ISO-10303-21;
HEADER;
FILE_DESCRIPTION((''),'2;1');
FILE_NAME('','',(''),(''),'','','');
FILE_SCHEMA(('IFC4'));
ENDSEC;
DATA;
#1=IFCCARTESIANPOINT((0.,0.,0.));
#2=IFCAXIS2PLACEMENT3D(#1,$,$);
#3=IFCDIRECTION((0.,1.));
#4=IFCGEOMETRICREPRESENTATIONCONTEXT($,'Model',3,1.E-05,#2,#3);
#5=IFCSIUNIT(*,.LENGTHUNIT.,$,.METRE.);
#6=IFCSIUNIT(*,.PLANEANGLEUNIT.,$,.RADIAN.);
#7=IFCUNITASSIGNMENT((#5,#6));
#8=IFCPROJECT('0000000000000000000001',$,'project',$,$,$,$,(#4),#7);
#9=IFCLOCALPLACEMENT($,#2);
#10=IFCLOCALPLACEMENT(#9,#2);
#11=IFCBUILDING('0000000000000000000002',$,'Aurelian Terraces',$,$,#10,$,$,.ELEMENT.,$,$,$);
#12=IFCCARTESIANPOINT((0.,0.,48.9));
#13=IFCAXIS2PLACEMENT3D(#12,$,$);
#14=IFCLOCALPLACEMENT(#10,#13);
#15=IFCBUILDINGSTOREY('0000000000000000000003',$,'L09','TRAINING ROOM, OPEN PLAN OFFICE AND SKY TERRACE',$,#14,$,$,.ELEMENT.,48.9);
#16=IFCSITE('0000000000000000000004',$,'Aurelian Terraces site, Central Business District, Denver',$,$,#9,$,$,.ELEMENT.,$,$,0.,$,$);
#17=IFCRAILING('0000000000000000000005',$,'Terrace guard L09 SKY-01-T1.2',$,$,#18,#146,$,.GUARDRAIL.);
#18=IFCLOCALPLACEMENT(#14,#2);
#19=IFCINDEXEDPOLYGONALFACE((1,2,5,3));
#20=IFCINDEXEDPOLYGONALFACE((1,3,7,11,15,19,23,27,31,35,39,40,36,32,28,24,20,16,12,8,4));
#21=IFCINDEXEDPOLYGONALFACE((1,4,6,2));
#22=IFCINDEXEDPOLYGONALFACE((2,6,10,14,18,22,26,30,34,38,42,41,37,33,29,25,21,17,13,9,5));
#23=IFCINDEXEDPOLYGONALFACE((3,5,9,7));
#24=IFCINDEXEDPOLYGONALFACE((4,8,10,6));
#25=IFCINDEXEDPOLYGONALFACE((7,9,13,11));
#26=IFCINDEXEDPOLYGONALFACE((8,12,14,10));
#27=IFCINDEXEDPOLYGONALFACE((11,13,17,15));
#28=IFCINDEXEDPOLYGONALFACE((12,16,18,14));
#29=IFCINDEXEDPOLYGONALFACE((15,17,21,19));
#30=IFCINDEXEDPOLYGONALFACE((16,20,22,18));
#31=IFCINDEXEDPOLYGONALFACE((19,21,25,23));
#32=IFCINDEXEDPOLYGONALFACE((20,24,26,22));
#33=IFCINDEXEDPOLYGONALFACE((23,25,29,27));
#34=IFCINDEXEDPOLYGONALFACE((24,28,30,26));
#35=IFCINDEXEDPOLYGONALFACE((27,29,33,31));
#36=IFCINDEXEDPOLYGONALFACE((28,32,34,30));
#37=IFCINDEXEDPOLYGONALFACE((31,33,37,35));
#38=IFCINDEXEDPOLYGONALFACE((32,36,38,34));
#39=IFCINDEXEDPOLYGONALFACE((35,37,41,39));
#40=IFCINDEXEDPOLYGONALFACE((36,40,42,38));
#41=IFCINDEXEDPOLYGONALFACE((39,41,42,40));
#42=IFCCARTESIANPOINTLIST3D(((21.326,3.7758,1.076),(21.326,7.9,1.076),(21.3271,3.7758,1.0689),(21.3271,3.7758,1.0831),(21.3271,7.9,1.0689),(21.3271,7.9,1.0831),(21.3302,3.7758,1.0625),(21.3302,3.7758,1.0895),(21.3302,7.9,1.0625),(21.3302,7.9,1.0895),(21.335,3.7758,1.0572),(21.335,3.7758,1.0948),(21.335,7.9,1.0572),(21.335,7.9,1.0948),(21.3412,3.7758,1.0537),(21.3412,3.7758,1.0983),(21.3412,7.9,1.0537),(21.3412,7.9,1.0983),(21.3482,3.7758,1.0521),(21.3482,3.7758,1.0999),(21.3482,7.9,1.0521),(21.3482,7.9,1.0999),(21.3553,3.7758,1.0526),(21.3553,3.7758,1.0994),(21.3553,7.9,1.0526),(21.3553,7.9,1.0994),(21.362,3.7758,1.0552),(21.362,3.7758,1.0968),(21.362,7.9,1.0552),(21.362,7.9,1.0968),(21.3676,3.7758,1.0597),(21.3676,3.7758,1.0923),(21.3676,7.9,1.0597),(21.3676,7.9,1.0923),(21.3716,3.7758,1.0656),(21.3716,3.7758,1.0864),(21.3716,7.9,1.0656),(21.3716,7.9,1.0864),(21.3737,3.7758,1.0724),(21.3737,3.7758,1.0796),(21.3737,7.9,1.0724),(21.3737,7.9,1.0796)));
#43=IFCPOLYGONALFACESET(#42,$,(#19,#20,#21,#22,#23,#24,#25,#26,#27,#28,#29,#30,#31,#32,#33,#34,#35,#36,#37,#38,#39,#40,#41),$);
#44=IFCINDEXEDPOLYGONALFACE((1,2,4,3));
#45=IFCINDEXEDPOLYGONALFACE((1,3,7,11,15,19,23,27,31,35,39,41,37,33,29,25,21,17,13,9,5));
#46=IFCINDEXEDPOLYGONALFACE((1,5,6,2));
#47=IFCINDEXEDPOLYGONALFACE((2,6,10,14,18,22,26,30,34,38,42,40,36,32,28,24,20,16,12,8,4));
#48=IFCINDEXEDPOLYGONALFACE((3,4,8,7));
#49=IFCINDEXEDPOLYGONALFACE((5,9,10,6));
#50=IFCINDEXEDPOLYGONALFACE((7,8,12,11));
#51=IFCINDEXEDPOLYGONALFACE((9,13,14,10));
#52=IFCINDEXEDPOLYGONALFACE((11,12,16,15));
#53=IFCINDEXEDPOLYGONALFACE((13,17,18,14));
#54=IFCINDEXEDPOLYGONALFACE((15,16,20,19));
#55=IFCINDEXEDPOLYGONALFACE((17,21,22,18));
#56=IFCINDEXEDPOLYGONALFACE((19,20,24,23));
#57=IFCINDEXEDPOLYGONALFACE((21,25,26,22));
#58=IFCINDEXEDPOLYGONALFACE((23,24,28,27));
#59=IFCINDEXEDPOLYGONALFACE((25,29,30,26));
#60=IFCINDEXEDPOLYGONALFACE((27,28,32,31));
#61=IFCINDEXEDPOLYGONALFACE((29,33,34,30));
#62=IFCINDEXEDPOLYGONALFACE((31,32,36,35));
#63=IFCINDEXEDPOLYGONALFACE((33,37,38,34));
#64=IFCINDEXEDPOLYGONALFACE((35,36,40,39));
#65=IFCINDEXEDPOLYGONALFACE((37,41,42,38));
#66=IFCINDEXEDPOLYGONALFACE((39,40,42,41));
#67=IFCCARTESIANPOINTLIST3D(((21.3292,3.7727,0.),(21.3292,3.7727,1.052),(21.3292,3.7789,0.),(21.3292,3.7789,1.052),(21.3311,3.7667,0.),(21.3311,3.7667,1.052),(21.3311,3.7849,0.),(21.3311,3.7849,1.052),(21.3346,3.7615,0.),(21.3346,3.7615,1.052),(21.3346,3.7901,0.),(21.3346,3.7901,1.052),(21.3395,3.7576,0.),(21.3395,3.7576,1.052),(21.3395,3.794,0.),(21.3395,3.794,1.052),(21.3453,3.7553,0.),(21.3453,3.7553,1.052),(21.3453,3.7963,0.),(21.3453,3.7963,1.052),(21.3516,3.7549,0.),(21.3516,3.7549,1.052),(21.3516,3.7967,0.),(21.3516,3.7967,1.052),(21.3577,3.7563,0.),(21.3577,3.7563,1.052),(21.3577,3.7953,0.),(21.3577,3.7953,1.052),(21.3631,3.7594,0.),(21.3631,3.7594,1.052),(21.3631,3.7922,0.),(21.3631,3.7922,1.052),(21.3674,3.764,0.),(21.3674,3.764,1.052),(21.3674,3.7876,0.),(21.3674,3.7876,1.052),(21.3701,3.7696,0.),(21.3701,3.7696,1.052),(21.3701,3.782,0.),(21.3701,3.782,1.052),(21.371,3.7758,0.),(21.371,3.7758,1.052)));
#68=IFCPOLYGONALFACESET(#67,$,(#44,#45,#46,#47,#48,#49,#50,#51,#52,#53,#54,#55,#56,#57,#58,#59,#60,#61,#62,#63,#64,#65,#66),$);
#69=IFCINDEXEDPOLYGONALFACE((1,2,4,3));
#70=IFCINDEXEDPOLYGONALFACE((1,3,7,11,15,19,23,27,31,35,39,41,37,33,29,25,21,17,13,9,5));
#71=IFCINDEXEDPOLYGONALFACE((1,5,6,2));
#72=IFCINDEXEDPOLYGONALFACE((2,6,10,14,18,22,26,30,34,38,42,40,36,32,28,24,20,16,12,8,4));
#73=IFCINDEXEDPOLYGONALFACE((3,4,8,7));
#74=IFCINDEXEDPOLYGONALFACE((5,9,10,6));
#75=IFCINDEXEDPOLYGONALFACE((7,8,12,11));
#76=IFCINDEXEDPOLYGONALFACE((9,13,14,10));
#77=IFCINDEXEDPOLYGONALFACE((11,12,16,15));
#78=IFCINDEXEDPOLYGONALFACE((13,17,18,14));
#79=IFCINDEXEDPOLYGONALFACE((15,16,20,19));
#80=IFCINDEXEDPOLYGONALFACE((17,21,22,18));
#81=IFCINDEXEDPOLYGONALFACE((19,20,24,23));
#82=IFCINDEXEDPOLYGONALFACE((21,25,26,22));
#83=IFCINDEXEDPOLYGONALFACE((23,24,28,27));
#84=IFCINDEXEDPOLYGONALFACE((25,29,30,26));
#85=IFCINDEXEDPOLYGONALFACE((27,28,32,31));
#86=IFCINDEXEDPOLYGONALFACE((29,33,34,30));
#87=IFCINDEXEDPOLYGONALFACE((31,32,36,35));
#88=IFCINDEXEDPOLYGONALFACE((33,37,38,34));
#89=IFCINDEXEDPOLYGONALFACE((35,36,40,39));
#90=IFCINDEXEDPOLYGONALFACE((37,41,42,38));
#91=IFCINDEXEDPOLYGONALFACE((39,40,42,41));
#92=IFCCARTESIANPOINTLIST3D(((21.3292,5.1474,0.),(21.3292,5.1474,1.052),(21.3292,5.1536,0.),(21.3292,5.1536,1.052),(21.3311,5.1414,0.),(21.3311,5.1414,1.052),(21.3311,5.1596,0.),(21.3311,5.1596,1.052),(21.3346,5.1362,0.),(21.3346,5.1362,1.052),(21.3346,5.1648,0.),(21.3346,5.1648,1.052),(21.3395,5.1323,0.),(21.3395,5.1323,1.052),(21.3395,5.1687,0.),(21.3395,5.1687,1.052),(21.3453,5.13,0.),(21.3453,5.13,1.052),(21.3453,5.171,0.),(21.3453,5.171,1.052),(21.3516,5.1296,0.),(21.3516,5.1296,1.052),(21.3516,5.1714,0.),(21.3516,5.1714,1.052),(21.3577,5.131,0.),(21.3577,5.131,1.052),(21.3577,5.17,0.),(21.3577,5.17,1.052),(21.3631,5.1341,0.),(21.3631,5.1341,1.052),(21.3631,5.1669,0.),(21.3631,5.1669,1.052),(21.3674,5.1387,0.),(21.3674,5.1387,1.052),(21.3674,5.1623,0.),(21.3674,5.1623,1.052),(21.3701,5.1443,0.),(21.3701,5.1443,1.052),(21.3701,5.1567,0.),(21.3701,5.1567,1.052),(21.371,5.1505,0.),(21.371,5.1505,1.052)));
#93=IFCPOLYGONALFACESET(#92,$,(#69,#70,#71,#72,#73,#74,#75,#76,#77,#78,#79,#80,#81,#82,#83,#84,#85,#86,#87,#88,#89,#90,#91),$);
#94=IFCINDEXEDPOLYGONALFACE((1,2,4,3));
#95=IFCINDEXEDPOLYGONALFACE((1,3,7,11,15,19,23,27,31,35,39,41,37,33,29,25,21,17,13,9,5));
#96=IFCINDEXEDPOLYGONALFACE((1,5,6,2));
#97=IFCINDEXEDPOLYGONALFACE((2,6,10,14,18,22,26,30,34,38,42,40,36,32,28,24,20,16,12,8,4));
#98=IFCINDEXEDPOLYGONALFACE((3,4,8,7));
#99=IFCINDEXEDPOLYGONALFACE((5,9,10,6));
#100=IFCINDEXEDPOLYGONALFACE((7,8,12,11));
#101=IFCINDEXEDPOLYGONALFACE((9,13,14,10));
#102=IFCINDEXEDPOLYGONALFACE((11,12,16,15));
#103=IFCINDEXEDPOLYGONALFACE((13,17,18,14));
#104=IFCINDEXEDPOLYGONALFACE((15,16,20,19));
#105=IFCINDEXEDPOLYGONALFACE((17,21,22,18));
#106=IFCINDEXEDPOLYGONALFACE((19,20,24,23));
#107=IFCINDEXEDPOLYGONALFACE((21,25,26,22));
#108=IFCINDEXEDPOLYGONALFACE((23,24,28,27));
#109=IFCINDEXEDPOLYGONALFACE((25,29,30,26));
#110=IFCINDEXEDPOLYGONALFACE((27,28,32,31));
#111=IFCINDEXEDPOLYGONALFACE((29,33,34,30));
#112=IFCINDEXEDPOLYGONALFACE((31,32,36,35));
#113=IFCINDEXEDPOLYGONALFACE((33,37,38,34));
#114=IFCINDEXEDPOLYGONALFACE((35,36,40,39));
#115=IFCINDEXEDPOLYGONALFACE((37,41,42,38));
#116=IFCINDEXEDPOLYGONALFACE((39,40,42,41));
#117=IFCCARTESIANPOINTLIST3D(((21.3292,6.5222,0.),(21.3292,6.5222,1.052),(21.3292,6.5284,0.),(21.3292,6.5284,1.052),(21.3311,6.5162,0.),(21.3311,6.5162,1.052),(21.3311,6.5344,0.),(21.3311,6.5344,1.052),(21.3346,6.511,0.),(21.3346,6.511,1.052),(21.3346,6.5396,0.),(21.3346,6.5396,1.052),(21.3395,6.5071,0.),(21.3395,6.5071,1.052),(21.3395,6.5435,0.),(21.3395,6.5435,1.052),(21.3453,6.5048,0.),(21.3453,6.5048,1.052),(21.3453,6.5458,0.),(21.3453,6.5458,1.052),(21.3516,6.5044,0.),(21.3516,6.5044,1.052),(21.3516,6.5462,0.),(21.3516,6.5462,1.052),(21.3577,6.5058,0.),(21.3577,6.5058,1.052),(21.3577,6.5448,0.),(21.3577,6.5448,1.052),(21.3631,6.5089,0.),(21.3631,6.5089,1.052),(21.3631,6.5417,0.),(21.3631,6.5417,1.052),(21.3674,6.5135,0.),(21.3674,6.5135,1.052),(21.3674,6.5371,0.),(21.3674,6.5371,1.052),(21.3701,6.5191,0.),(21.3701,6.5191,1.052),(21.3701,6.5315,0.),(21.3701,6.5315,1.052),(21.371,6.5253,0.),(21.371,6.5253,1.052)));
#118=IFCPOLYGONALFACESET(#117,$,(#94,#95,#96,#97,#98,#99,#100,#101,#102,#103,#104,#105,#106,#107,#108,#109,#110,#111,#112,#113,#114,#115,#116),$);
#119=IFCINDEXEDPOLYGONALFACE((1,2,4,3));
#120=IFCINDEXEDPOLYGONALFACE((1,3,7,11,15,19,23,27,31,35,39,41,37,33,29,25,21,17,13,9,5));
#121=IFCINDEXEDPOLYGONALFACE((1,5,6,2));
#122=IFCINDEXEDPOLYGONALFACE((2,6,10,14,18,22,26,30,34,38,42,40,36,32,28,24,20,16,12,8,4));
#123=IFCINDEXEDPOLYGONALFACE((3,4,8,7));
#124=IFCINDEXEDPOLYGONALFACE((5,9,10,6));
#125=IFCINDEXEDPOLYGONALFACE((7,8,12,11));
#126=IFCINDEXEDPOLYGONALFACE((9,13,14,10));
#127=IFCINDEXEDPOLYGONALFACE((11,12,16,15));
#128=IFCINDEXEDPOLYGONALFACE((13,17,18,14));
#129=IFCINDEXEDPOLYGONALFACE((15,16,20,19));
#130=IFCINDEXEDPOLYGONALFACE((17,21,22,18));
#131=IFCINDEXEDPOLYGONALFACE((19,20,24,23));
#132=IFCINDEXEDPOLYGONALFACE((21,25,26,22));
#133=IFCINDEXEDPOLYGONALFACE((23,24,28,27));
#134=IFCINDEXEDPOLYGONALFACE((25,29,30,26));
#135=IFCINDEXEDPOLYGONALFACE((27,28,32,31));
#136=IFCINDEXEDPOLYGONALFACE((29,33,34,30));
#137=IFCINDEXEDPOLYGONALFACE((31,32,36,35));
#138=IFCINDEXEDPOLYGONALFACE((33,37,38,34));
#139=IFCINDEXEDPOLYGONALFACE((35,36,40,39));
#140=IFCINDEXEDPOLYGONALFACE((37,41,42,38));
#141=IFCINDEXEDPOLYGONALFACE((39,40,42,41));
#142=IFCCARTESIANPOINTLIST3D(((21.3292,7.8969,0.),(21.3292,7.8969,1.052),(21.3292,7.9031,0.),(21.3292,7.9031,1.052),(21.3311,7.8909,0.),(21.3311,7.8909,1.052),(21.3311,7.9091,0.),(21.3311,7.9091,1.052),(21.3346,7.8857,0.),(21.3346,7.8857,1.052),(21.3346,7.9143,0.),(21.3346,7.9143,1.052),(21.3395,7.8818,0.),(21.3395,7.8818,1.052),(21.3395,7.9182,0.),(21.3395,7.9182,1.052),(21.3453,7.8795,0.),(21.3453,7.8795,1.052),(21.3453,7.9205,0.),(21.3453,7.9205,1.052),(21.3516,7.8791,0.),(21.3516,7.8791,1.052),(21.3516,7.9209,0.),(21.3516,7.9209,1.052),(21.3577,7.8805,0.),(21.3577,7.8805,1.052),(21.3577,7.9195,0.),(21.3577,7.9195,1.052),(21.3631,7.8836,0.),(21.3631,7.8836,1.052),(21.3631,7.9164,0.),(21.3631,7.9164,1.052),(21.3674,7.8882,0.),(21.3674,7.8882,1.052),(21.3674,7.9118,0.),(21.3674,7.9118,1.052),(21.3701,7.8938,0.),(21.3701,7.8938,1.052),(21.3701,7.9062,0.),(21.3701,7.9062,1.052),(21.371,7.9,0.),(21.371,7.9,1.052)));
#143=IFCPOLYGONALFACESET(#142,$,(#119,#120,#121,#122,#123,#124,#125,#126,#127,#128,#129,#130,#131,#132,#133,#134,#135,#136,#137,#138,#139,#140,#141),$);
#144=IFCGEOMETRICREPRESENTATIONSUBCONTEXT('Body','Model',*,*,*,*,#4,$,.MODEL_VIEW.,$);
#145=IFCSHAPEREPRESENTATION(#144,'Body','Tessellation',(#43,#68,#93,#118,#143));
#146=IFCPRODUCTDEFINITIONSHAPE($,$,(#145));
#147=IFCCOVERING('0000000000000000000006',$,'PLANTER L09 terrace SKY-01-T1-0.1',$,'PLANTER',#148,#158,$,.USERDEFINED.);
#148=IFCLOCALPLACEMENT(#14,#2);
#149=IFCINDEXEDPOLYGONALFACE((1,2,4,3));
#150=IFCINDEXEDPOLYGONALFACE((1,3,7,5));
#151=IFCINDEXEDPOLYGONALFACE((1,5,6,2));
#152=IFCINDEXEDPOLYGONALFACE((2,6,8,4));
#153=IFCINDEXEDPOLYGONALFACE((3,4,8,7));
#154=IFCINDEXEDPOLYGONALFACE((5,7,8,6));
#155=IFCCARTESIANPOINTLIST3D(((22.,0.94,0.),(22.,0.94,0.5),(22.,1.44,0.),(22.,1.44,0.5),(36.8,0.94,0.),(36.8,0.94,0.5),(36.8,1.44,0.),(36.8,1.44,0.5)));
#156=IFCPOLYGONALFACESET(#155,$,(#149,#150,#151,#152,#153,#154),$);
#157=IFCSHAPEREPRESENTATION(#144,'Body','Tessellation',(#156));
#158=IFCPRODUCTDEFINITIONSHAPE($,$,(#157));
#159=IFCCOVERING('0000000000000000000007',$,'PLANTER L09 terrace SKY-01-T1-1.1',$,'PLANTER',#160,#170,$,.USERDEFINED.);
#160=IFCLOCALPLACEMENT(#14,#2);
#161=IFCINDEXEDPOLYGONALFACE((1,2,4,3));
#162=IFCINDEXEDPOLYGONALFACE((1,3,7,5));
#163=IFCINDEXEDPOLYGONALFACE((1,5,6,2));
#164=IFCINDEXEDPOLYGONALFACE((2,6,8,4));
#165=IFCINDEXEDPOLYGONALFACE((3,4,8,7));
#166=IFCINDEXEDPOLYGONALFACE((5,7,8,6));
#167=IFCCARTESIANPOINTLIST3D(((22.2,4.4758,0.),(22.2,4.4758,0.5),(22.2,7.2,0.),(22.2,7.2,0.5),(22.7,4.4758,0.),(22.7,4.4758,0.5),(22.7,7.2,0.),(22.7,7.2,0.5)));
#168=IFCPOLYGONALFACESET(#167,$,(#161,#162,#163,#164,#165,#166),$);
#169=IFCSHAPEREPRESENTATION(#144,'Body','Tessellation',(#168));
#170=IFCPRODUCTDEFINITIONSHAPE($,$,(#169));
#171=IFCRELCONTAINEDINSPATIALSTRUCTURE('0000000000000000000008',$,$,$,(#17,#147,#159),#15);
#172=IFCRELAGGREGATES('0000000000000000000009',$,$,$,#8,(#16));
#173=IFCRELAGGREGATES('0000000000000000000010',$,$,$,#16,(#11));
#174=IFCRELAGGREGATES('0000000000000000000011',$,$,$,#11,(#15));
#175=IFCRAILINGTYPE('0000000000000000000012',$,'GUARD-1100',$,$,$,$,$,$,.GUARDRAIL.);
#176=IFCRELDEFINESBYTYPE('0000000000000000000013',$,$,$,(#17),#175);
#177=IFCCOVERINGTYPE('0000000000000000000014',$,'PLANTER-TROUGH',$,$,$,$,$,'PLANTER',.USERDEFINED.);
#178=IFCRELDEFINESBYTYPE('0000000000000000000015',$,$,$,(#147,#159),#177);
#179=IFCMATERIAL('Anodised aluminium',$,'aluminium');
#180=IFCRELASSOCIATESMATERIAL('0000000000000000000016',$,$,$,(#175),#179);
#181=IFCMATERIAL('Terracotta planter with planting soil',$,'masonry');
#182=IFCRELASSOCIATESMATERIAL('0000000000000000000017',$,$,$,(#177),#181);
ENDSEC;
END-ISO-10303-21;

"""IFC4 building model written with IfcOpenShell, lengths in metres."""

from ifc_helpers import new_model, si_unit, direction, frame, origin, origin_2d, place, context, subcontext, project, spatial, rectangle, circle, extrude, material, type_object, element, save


model = new_model("IFC4")

# Units and contexts
model_context = context("Model", 3, precision=1e-05, world=origin(), true_north=direction((0.0, 1.0)))
body_context = subcontext(model_context, "Body", "Model", "MODEL_VIEW")
ifc_project = project(units=[si_unit("LENGTHUNIT", "METRE"), si_unit("PLANEANGLEUNIT", "RADIAN")], contexts=[model_context])

# Site, building, storey
site_placement = place(None, origin())
site = spatial("IfcSite", under=ifc_project, at=site_placement, Name="Aurelian Terraces site, Central Business District, Denver", CompositionType="ELEMENT", RefElevation=0.0)
building_placement = place(site_placement, origin())
building = spatial("IfcBuilding", under=site, at=building_placement, Name="Aurelian Terraces", CompositionType="ELEMENT")
storey_placement = place(building_placement, frame((0.0, 0.0, 48.9)))
storey = spatial("IfcBuildingStorey", under=building, at=storey_placement, Name="L09", Description="TRAINING ROOM, OPEN PLAN OFFICE AND SKY TERRACE", CompositionType="ELEMENT", Elevation=48.9)

# Shared definitions
ifc_material_1 = material(Name="Anodised aluminium", Category="aluminium")

# Railing
railing_type = type_object("IfcRailingType", Name="GUARD-1100", PredefinedType="GUARDRAIL", material=ifc_material_1)
railing_placement = place(storey_placement, frame((21.35, 3.7758, 0.0)))
element("IfcRailing", 1, at=railing_placement, inside=storey, type_object=railing_type, Name="Terrace guard L09 SKY-01-T1.2", PredefinedType="GUARDRAIL", context=body_context, shape_type="SweptSolid", body=[
    extrude(circle(Radius=0.024, at=origin_2d()), frame((0.0, 0.0, 1.076), z_axis=(0.0, 1.0, 0.0), x_axis=(-1.0, 0.0, 0.0)), (0.0, 0.0, 1.0), 4.1242),
    extrude(circle(Radius=0.021, at=origin_2d()), origin(), (0.0, 0.0, 1.0), 1.052),
    extrude(circle(Radius=0.021, at=origin_2d()), frame((0.0, 1.3747, 0.0)), (0.0, 0.0, 1.0), 1.052),
    extrude(circle(Radius=0.021, at=origin_2d()), frame((0.0, 2.7495, 0.0)), (0.0, 0.0, 1.0), 1.052),
    extrude(circle(Radius=0.021, at=origin_2d()), frame((0.0, 4.1242, 0.0)), (0.0, 0.0, 1.0), 1.052),
])

# Coverings
ifc_material_2 = material(Name="Terracotta planter with planting soil", Category="masonry")
covering_type = type_object("IfcCoveringType", Name="PLANTER-TROUGH", ElementType="PLANTER", PredefinedType="USERDEFINED", material=ifc_material_2)
covering_1_placement = place(storey_placement, frame((29.4, 1.19, 0.0), z_axis=(0.0, 0.0, 1.0), x_axis=(1.0, 0.0, 0.0)))
element("IfcCovering", 2, at=covering_1_placement, inside=storey, type_object=covering_type, Name="PLANTER L09 terrace SKY-01-T1-0.1", ObjectType="PLANTER", PredefinedType="USERDEFINED", context=body_context, shape_type="SweptSolid", body=[
    extrude(rectangle(XDim=14.8, YDim=0.5, at=origin_2d()), origin(), (0.0, 0.0, 1.0), 0.5),
])
covering_2_placement = place(storey_placement, frame((22.45, 5.8379, 0.0), z_axis=(0.0, 0.0, 1.0), x_axis=(1.0, 0.0, 0.0)))
element("IfcCovering", 3, at=covering_2_placement, inside=storey, type_object=covering_type, Name="PLANTER L09 terrace SKY-01-T1-1.1", ObjectType="PLANTER", PredefinedType="USERDEFINED", context=body_context, shape_type="SweptSolid", body=[
    extrude(rectangle(XDim=0.5, YDim=2.7242, at=origin_2d()), origin(), (0.0, 0.0, 1.0), 0.5),
])

save(model, "model.ifc")
